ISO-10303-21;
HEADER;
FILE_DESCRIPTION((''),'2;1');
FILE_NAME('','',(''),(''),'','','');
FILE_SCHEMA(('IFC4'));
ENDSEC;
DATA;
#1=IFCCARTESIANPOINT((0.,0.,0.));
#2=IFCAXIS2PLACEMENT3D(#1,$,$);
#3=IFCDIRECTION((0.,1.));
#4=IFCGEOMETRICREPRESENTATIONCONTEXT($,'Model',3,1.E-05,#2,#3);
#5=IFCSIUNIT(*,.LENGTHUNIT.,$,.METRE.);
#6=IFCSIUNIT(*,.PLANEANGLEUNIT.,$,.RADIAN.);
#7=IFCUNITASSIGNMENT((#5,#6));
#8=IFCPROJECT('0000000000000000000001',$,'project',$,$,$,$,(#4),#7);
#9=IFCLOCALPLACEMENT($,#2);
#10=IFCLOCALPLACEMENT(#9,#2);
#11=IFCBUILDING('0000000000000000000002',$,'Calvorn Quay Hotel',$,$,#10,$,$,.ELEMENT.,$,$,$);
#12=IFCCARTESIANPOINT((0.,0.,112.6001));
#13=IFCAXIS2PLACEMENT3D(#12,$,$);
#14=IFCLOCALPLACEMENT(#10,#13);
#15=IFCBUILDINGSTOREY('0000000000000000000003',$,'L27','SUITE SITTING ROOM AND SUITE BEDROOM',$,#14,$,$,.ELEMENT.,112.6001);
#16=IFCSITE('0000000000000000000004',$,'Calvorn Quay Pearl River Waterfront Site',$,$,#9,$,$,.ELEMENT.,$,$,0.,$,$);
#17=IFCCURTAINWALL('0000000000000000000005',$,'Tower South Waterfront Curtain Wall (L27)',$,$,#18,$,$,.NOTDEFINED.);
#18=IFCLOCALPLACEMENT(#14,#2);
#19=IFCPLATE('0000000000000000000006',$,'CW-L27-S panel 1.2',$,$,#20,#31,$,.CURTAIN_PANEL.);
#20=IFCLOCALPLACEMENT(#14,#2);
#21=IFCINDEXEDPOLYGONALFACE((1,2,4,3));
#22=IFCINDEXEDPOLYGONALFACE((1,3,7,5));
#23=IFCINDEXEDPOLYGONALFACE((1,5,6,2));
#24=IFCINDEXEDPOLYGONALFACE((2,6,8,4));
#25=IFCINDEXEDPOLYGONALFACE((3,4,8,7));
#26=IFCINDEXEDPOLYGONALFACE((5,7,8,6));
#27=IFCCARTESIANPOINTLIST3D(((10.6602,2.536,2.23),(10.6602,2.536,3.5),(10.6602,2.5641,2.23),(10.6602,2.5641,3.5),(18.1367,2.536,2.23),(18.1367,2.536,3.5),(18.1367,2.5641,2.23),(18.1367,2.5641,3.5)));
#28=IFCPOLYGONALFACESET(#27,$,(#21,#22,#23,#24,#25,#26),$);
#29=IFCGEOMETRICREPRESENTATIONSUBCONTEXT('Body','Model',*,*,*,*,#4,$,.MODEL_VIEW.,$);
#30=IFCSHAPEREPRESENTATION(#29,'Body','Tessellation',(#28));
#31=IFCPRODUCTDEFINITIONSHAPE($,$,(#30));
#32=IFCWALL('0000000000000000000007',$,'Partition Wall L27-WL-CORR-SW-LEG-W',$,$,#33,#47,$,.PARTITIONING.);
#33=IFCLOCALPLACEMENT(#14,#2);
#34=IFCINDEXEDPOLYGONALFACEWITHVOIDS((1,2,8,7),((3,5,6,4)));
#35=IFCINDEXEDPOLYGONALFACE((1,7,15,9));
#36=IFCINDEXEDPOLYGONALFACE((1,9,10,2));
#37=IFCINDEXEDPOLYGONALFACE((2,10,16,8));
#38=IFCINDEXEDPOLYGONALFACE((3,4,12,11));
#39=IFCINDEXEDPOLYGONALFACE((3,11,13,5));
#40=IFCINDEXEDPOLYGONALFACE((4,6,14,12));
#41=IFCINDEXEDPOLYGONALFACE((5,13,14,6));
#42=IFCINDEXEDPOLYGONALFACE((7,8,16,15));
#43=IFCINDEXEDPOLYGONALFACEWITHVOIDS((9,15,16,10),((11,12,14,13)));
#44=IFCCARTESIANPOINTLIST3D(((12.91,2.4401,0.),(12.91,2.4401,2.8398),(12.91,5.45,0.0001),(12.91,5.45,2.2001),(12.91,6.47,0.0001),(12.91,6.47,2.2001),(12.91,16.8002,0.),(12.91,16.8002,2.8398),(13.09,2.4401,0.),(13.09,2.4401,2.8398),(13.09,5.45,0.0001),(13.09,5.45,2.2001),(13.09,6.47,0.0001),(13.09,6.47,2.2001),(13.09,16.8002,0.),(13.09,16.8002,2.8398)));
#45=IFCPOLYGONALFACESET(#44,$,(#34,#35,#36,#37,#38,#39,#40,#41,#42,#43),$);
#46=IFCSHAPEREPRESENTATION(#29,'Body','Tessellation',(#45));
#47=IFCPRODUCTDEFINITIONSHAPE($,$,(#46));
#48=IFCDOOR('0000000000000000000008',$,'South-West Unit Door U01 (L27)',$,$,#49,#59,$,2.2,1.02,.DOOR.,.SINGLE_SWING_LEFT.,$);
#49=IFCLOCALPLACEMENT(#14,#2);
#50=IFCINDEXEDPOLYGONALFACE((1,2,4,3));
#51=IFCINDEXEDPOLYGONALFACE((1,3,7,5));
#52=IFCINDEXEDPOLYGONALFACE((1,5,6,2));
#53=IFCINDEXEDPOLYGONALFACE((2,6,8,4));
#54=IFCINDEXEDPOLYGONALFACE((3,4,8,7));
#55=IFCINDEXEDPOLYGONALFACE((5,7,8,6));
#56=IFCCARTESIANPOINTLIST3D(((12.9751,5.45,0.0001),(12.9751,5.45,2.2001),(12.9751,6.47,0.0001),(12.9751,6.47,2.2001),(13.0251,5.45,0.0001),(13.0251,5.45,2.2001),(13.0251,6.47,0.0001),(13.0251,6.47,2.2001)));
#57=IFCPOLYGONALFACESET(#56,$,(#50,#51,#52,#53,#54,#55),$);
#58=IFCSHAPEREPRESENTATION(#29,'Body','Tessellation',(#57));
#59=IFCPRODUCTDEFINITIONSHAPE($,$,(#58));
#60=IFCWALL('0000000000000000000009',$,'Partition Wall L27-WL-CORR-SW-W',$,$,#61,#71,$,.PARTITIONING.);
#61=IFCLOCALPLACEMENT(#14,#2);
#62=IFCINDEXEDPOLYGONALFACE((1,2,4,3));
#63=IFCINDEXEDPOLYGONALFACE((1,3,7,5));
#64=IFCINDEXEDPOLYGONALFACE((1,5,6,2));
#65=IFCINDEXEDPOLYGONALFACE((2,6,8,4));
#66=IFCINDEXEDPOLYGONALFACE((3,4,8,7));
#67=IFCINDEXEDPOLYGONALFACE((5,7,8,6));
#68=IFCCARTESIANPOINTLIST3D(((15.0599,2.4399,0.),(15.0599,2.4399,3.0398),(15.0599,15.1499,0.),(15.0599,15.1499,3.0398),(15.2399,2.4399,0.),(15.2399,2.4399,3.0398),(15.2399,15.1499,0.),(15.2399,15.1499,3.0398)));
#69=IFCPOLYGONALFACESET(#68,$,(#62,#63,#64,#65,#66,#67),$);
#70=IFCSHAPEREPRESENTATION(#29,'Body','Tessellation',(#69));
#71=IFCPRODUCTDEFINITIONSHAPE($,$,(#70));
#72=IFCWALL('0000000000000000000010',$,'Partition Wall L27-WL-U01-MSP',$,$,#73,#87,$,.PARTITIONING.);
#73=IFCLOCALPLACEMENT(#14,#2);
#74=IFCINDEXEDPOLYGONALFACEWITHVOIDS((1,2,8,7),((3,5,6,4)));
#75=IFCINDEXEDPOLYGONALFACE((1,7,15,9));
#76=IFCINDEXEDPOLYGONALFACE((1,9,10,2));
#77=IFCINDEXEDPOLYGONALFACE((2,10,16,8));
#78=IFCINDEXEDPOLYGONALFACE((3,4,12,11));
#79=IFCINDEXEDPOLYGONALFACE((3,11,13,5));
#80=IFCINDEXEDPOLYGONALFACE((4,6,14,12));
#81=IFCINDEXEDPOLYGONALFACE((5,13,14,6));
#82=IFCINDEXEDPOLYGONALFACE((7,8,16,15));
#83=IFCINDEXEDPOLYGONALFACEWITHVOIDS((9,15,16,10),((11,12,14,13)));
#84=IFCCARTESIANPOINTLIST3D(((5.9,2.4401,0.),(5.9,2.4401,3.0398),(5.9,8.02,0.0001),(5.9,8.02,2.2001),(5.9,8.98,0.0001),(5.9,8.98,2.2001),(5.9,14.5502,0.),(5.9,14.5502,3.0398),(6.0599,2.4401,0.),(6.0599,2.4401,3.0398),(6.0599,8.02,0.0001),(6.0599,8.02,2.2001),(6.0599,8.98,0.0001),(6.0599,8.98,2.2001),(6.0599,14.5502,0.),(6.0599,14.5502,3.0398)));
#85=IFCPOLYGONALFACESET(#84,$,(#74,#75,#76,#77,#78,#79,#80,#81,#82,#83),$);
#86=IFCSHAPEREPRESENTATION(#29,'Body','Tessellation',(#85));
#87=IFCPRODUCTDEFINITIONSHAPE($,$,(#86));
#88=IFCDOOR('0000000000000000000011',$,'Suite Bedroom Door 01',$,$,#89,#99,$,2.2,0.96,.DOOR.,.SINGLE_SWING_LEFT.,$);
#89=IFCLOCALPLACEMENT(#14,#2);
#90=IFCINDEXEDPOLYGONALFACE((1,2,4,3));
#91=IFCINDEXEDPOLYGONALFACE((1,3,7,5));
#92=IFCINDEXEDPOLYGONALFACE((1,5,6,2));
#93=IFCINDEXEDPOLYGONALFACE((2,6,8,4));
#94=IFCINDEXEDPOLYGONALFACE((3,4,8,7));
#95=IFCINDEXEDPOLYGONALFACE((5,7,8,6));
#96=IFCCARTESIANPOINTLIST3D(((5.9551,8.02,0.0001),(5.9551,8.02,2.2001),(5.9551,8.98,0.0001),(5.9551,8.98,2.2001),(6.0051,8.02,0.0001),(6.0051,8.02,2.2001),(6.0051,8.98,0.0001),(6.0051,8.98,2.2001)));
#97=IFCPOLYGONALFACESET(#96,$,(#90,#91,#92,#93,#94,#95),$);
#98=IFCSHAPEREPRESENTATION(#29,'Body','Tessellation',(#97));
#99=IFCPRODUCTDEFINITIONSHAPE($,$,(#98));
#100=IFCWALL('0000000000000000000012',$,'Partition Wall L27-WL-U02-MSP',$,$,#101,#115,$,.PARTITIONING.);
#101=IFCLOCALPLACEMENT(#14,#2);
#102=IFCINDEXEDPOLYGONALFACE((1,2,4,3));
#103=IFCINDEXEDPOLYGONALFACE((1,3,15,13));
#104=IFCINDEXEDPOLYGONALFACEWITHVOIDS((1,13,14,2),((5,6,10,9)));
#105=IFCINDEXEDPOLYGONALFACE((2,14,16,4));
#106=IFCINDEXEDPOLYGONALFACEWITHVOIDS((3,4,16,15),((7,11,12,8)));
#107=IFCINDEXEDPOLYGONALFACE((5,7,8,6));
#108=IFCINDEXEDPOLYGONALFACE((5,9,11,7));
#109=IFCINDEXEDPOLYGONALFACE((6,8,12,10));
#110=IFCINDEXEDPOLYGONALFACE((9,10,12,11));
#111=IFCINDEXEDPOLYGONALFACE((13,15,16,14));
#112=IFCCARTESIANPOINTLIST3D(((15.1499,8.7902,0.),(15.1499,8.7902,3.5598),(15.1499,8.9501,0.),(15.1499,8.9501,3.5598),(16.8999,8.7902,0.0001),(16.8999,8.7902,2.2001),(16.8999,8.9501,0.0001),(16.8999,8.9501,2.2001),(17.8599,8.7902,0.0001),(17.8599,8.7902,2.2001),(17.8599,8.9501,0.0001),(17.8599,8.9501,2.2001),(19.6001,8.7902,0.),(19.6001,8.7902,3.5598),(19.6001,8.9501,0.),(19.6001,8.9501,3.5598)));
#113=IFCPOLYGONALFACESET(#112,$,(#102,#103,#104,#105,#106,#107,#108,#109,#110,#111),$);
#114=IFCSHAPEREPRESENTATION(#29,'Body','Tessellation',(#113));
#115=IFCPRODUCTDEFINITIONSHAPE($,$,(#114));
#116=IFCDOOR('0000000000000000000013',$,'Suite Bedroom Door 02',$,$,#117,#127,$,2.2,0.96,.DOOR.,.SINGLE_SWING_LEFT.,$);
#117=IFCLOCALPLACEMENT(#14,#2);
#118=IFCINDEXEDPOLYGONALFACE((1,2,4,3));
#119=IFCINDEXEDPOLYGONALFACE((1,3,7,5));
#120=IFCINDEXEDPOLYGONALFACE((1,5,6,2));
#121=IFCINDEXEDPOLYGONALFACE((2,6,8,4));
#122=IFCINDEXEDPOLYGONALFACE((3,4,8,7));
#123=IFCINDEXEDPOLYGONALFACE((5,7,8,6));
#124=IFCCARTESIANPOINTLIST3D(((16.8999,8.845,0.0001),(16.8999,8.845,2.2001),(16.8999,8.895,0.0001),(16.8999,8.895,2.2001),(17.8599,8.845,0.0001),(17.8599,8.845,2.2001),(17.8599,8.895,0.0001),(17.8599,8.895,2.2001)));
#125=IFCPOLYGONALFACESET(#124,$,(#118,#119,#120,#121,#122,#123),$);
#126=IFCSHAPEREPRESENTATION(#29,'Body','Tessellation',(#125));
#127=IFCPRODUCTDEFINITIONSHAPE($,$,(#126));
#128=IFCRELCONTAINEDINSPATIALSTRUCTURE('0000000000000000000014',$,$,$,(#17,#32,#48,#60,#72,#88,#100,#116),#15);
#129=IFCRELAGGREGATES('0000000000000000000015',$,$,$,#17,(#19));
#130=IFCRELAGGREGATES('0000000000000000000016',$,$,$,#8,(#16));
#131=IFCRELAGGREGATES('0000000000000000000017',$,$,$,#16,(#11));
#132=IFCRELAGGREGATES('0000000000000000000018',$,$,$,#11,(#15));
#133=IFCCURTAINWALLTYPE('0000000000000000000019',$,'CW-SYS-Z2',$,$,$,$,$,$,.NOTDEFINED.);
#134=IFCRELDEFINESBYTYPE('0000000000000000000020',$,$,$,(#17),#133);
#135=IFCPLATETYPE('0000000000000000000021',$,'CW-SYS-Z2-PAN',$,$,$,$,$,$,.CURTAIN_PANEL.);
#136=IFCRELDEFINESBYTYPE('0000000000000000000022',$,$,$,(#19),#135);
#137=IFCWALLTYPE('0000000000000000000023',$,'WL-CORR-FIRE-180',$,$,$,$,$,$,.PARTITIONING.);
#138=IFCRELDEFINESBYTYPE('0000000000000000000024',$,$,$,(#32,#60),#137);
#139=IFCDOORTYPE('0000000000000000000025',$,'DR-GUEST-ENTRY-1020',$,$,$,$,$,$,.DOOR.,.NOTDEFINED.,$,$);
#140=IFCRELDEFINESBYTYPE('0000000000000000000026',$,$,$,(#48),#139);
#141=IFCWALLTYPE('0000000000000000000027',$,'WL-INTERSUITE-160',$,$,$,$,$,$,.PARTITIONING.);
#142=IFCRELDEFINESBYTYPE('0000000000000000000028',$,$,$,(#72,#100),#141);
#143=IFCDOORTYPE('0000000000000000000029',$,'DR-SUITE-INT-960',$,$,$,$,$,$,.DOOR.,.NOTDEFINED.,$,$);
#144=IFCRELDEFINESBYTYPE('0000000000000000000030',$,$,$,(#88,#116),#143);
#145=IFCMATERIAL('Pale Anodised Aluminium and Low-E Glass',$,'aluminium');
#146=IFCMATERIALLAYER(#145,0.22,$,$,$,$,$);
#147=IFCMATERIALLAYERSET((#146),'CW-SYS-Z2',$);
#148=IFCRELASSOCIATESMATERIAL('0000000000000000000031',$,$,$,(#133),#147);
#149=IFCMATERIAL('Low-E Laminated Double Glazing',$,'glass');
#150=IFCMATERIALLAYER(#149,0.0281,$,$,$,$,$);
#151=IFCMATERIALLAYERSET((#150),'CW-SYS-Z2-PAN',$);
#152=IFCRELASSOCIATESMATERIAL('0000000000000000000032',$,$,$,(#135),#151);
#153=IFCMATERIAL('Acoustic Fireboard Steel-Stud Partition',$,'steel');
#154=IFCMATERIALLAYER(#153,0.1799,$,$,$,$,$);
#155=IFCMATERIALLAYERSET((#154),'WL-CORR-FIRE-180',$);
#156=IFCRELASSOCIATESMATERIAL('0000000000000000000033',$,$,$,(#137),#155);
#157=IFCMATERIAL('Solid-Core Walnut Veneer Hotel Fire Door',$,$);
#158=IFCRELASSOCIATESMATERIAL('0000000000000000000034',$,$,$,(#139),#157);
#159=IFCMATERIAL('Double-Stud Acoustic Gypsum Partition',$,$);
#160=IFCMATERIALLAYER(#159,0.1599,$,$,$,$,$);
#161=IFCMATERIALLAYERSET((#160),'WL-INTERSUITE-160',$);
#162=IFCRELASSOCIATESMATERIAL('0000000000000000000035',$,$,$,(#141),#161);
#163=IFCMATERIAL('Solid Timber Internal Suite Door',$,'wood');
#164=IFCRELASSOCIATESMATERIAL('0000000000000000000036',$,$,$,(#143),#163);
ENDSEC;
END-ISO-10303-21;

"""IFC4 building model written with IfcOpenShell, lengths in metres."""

from ifc_helpers import new_model, si_unit, direction, frame, frame_2d, origin, origin_2d, place, context, subcontext, project, spatial, rectangle, extrude, material, layer, layer_set, type_object, element, fill, aggregate, save


model = new_model("IFC4")

# Units and contexts
model_context = context("Model", 3, precision=1e-05, world=origin(), true_north=direction((0.0, 1.0)))
body_context = subcontext(model_context, "Body", "Model", "MODEL_VIEW")
ifc_project = project(units=[si_unit("LENGTHUNIT", "METRE"), si_unit("PLANEANGLEUNIT", "RADIAN")], contexts=[model_context])

# Site, building, storey
site_placement = place(None, origin())
site = spatial("IfcSite", under=ifc_project, at=site_placement, Name="Calvorn Quay Pearl River Waterfront Site", CompositionType="ELEMENT", RefElevation=0.0)
building_placement = place(site_placement, origin())
building = spatial("IfcBuilding", under=site, at=building_placement, Name="Calvorn Quay Hotel", CompositionType="ELEMENT")
storey_placement = place(building_placement, frame((0.0, 0.0, 112.6001)))
storey = spatial("IfcBuildingStorey", under=building, at=storey_placement, Name="L27", Description="SUITE SITTING ROOM AND SUITE BEDROOM", CompositionType="ELEMENT", Elevation=112.6001)

# Curtain wall, plate
ifc_material_1 = material(Name="Pale Anodised Aluminium and Low-E Glass", Category="aluminium")
ifc_layer_1 = layer(ifc_material_1, 0.22)
ifc_layer_set_1 = layer_set([ifc_layer_1], Name="CW-SYS-Z2")
curtain_wall_type = type_object("IfcCurtainWallType", Name="CW-SYS-Z2", PredefinedType="NOTDEFINED", material=ifc_layer_set_1)
curtain_wall_placement = place(storey_placement, origin())
curtain_wall = element("IfcCurtainWall", 1, at=curtain_wall_placement, inside=storey, type_object=curtain_wall_type, Name="Tower South Waterfront Curtain Wall (L27)", PredefinedType="NOTDEFINED")
ifc_material_2 = material(Name="Low-E Laminated Double Glazing", Category="glass")
ifc_layer_2 = layer(ifc_material_2, 0.0281)
ifc_layer_set_2 = layer_set([ifc_layer_2], Name="CW-SYS-Z2-PAN")
plate_type = type_object("IfcPlateType", Name="CW-SYS-Z2-PAN", PredefinedType="CURTAIN_PANEL", material=ifc_layer_set_2)
plate_1_placement = place(storey_placement, frame((14.3984, 2.55, 2.23), z_axis=(0.0, 0.0, 1.0), x_axis=(1.0, 0.0, 0.0)))
plate_1 = element("IfcPlate", 2, at=plate_1_placement, type_object=plate_type, Name="CW-L27-S panel 1.2", PredefinedType="CURTAIN_PANEL", context=body_context, shape_type="SweptSolid", body=[
    extrude(rectangle(XDim=7.4766, YDim=0.0281, at=origin_2d()), origin(), (0.0, 0.0, 1.0), 1.27),
])
aggregate(curtain_wall, [plate_1])

# Wall, opening, door
ifc_material_3 = material(Name="Acoustic Fireboard Steel-Stud Partition", Category="steel")
ifc_layer_3 = layer(ifc_material_3, 0.1799)
ifc_layer_set_3 = layer_set([ifc_layer_3], Name="WL-CORR-FIRE-180")
wall_type_1 = type_object("IfcWallType", Name="WL-CORR-FIRE-180", PredefinedType="PARTITIONING", material=ifc_layer_set_3)
wall_1_placement = place(storey_placement, frame((13.0, 2.4399, 0.0), z_axis=(0.0, 0.0, 1.0), x_axis=(0.0, 1.0, 0.0)))
wall_1 = element("IfcWall", 3, at=wall_1_placement, inside=storey, type_object=wall_type_1, Name="Partition Wall L27-WL-CORR-SW-LEG-W", PredefinedType="PARTITIONING", context=body_context, shape_type="SweptSolid", body=[
    extrude(rectangle(XDim=14.3601, YDim=0.1799, at=frame_2d((7.1802, 0.0))), origin(), (0.0, 0.0, 1.0), 2.8398),
])
opening_1_placement = place(wall_1_placement, frame((3.01, 0.0, 0.0)))
opening_1 = element("IfcOpeningElement", 4, at=opening_1_placement, cuts=wall_1, PredefinedType="OPENING", context=body_context, shape_type="SweptSolid", body=[
    extrude(rectangle(XDim=1.02, YDim=2.2, at=frame_2d((0.51, 1.1001))), frame((0.0, 0.0999, 0.0), z_axis=(0.0, -1.0, 0.0), x_axis=(1.0, 0.0, 0.0)), (0.0, 0.0, 1.0), 0.2),
])
ifc_material_4 = material(Name="Solid-Core Walnut Veneer Hotel Fire Door")
door_type_1 = type_object("IfcDoorType", Name="DR-GUEST-ENTRY-1020", OperationType="NOTDEFINED", PredefinedType="DOOR", material=ifc_material_4)
door_1_placement = place(opening_1_placement, origin())
door_1 = element("IfcDoor", 5, at=door_1_placement, inside=storey, type_object=door_type_1, Name="South-West Unit Door U01 (L27)", OperationType="SINGLE_SWING_LEFT", OverallHeight=2.2, OverallWidth=1.02, PredefinedType="DOOR", context=body_context, shape_type="SweptSolid", body=[
    extrude(rectangle(XDim=1.02, YDim=2.2, at=frame_2d((0.51, 1.1001))), frame((0.0, 0.0249, 0.0), z_axis=(0.0, -1.0, 0.0), x_axis=(1.0, 0.0, 0.0)), (0.0, 0.0, 1.0), 0.05),
])
fill(opening_1, door_1)

# Wall
wall_2_placement = place(storey_placement, frame((15.1499, 2.4399, 0.0), z_axis=(0.0, 0.0, 1.0), x_axis=(0.0, 1.0, 0.0)))
element("IfcWall", 6, at=wall_2_placement, inside=storey, type_object=wall_type_1, Name="Partition Wall L27-WL-CORR-SW-W", PredefinedType="PARTITIONING", context=body_context, shape_type="SweptSolid", body=[
    extrude(rectangle(XDim=12.71, YDim=0.1799, at=frame_2d((6.355, 0.0))), origin(), (0.0, 0.0, 1.0), 3.0398),
])

# Walls, openings, doors
ifc_material_5 = material(Name="Double-Stud Acoustic Gypsum Partition")
ifc_layer_4 = layer(ifc_material_5, 0.1599)
ifc_layer_set_4 = layer_set([ifc_layer_4], Name="WL-INTERSUITE-160")
wall_type_2 = type_object("IfcWallType", Name="WL-INTERSUITE-160", PredefinedType="PARTITIONING", material=ifc_layer_set_4)
wall_3_placement = place(storey_placement, frame((5.98, 2.4399, 0.0), z_axis=(0.0, 0.0, 1.0), x_axis=(0.0, 1.0, 0.0)))
wall_3 = element("IfcWall", 7, at=wall_3_placement, inside=storey, type_object=wall_type_2, Name="Partition Wall L27-WL-U01-MSP", PredefinedType="PARTITIONING", context=body_context, shape_type="SweptSolid", body=[
    extrude(rectangle(XDim=12.1101, YDim=0.1599, at=frame_2d((6.0552, 0.0))), origin(), (0.0, 0.0, 1.0), 3.0398),
])
opening_2_placement = place(wall_3_placement, frame((5.5801, 0.0, 0.0)))
opening_2 = element("IfcOpeningElement", 8, at=opening_2_placement, cuts=wall_3, PredefinedType="OPENING", context=body_context, shape_type="SweptSolid", body=[
    extrude(rectangle(XDim=0.96, YDim=2.2, at=frame_2d((0.48, 1.1001))), frame((0.0, 0.0898, 0.0), z_axis=(0.0, -1.0, 0.0), x_axis=(1.0, 0.0, 0.0)), (0.0, 0.0, 1.0), 0.1799),
])
ifc_material_6 = material(Name="Solid Timber Internal Suite Door", Category="wood")
door_type_2 = type_object("IfcDoorType", Name="DR-SUITE-INT-960", OperationType="NOTDEFINED", PredefinedType="DOOR", material=ifc_material_6)
door_2_placement = place(opening_2_placement, origin())
door_2 = element("IfcDoor", 9, at=door_2_placement, inside=storey, type_object=door_type_2, Name="Suite Bedroom Door 01", OperationType="SINGLE_SWING_LEFT", OverallHeight=2.2, OverallWidth=0.96, PredefinedType="DOOR", context=body_context, shape_type="SweptSolid", body=[
    extrude(rectangle(XDim=0.96, YDim=2.2, at=frame_2d((0.48, 1.1001))), frame((0.0, 0.0249, 0.0), z_axis=(0.0, -1.0, 0.0), x_axis=(1.0, 0.0, 0.0)), (0.0, 0.0, 1.0), 0.05),
])
fill(opening_2, door_2)
wall_4_placement = place(storey_placement, frame((15.1499, 8.8701, 0.0), z_axis=(0.0, 0.0, 1.0), x_axis=(1.0, 0.0, 0.0)))
wall_4 = element("IfcWall", 10, at=wall_4_placement, inside=storey, type_object=wall_type_2, Name="Partition Wall L27-WL-U02-MSP", PredefinedType="PARTITIONING", context=body_context, shape_type="SweptSolid", body=[
    extrude(rectangle(XDim=4.4502, YDim=0.1599, at=frame_2d((2.2251, 0.0))), origin(), (0.0, 0.0, 1.0), 3.5598),
])
opening_3_placement = place(wall_4_placement, frame((1.75, 0.0, 0.0)))
opening_3 = element("IfcOpeningElement", 11, at=opening_3_placement, cuts=wall_4, PredefinedType="OPENING", context=body_context, shape_type="SweptSolid", body=[
    extrude(rectangle(XDim=0.96, YDim=2.2, at=frame_2d((0.48, 1.1001))), frame((0.0, 0.0898, 0.0), z_axis=(0.0, -1.0, 0.0), x_axis=(1.0, 0.0, 0.0)), (0.0, 0.0, 1.0), 0.1799),
])
door_3_placement = place(opening_3_placement, origin())
door_3 = element("IfcDoor", 12, at=door_3_placement, inside=storey, type_object=door_type_2, Name="Suite Bedroom Door 02", OperationType="SINGLE_SWING_LEFT", OverallHeight=2.2, OverallWidth=0.96, PredefinedType="DOOR", context=body_context, shape_type="SweptSolid", body=[
    extrude(rectangle(XDim=0.96, YDim=2.2, at=frame_2d((0.48, 1.1001))), frame((0.0, 0.0249, 0.0), z_axis=(0.0, -1.0, 0.0), x_axis=(1.0, 0.0, 0.0)), (0.0, 0.0, 1.0), 0.05),
])
fill(opening_3, door_3)

save(model, "model.ifc")
